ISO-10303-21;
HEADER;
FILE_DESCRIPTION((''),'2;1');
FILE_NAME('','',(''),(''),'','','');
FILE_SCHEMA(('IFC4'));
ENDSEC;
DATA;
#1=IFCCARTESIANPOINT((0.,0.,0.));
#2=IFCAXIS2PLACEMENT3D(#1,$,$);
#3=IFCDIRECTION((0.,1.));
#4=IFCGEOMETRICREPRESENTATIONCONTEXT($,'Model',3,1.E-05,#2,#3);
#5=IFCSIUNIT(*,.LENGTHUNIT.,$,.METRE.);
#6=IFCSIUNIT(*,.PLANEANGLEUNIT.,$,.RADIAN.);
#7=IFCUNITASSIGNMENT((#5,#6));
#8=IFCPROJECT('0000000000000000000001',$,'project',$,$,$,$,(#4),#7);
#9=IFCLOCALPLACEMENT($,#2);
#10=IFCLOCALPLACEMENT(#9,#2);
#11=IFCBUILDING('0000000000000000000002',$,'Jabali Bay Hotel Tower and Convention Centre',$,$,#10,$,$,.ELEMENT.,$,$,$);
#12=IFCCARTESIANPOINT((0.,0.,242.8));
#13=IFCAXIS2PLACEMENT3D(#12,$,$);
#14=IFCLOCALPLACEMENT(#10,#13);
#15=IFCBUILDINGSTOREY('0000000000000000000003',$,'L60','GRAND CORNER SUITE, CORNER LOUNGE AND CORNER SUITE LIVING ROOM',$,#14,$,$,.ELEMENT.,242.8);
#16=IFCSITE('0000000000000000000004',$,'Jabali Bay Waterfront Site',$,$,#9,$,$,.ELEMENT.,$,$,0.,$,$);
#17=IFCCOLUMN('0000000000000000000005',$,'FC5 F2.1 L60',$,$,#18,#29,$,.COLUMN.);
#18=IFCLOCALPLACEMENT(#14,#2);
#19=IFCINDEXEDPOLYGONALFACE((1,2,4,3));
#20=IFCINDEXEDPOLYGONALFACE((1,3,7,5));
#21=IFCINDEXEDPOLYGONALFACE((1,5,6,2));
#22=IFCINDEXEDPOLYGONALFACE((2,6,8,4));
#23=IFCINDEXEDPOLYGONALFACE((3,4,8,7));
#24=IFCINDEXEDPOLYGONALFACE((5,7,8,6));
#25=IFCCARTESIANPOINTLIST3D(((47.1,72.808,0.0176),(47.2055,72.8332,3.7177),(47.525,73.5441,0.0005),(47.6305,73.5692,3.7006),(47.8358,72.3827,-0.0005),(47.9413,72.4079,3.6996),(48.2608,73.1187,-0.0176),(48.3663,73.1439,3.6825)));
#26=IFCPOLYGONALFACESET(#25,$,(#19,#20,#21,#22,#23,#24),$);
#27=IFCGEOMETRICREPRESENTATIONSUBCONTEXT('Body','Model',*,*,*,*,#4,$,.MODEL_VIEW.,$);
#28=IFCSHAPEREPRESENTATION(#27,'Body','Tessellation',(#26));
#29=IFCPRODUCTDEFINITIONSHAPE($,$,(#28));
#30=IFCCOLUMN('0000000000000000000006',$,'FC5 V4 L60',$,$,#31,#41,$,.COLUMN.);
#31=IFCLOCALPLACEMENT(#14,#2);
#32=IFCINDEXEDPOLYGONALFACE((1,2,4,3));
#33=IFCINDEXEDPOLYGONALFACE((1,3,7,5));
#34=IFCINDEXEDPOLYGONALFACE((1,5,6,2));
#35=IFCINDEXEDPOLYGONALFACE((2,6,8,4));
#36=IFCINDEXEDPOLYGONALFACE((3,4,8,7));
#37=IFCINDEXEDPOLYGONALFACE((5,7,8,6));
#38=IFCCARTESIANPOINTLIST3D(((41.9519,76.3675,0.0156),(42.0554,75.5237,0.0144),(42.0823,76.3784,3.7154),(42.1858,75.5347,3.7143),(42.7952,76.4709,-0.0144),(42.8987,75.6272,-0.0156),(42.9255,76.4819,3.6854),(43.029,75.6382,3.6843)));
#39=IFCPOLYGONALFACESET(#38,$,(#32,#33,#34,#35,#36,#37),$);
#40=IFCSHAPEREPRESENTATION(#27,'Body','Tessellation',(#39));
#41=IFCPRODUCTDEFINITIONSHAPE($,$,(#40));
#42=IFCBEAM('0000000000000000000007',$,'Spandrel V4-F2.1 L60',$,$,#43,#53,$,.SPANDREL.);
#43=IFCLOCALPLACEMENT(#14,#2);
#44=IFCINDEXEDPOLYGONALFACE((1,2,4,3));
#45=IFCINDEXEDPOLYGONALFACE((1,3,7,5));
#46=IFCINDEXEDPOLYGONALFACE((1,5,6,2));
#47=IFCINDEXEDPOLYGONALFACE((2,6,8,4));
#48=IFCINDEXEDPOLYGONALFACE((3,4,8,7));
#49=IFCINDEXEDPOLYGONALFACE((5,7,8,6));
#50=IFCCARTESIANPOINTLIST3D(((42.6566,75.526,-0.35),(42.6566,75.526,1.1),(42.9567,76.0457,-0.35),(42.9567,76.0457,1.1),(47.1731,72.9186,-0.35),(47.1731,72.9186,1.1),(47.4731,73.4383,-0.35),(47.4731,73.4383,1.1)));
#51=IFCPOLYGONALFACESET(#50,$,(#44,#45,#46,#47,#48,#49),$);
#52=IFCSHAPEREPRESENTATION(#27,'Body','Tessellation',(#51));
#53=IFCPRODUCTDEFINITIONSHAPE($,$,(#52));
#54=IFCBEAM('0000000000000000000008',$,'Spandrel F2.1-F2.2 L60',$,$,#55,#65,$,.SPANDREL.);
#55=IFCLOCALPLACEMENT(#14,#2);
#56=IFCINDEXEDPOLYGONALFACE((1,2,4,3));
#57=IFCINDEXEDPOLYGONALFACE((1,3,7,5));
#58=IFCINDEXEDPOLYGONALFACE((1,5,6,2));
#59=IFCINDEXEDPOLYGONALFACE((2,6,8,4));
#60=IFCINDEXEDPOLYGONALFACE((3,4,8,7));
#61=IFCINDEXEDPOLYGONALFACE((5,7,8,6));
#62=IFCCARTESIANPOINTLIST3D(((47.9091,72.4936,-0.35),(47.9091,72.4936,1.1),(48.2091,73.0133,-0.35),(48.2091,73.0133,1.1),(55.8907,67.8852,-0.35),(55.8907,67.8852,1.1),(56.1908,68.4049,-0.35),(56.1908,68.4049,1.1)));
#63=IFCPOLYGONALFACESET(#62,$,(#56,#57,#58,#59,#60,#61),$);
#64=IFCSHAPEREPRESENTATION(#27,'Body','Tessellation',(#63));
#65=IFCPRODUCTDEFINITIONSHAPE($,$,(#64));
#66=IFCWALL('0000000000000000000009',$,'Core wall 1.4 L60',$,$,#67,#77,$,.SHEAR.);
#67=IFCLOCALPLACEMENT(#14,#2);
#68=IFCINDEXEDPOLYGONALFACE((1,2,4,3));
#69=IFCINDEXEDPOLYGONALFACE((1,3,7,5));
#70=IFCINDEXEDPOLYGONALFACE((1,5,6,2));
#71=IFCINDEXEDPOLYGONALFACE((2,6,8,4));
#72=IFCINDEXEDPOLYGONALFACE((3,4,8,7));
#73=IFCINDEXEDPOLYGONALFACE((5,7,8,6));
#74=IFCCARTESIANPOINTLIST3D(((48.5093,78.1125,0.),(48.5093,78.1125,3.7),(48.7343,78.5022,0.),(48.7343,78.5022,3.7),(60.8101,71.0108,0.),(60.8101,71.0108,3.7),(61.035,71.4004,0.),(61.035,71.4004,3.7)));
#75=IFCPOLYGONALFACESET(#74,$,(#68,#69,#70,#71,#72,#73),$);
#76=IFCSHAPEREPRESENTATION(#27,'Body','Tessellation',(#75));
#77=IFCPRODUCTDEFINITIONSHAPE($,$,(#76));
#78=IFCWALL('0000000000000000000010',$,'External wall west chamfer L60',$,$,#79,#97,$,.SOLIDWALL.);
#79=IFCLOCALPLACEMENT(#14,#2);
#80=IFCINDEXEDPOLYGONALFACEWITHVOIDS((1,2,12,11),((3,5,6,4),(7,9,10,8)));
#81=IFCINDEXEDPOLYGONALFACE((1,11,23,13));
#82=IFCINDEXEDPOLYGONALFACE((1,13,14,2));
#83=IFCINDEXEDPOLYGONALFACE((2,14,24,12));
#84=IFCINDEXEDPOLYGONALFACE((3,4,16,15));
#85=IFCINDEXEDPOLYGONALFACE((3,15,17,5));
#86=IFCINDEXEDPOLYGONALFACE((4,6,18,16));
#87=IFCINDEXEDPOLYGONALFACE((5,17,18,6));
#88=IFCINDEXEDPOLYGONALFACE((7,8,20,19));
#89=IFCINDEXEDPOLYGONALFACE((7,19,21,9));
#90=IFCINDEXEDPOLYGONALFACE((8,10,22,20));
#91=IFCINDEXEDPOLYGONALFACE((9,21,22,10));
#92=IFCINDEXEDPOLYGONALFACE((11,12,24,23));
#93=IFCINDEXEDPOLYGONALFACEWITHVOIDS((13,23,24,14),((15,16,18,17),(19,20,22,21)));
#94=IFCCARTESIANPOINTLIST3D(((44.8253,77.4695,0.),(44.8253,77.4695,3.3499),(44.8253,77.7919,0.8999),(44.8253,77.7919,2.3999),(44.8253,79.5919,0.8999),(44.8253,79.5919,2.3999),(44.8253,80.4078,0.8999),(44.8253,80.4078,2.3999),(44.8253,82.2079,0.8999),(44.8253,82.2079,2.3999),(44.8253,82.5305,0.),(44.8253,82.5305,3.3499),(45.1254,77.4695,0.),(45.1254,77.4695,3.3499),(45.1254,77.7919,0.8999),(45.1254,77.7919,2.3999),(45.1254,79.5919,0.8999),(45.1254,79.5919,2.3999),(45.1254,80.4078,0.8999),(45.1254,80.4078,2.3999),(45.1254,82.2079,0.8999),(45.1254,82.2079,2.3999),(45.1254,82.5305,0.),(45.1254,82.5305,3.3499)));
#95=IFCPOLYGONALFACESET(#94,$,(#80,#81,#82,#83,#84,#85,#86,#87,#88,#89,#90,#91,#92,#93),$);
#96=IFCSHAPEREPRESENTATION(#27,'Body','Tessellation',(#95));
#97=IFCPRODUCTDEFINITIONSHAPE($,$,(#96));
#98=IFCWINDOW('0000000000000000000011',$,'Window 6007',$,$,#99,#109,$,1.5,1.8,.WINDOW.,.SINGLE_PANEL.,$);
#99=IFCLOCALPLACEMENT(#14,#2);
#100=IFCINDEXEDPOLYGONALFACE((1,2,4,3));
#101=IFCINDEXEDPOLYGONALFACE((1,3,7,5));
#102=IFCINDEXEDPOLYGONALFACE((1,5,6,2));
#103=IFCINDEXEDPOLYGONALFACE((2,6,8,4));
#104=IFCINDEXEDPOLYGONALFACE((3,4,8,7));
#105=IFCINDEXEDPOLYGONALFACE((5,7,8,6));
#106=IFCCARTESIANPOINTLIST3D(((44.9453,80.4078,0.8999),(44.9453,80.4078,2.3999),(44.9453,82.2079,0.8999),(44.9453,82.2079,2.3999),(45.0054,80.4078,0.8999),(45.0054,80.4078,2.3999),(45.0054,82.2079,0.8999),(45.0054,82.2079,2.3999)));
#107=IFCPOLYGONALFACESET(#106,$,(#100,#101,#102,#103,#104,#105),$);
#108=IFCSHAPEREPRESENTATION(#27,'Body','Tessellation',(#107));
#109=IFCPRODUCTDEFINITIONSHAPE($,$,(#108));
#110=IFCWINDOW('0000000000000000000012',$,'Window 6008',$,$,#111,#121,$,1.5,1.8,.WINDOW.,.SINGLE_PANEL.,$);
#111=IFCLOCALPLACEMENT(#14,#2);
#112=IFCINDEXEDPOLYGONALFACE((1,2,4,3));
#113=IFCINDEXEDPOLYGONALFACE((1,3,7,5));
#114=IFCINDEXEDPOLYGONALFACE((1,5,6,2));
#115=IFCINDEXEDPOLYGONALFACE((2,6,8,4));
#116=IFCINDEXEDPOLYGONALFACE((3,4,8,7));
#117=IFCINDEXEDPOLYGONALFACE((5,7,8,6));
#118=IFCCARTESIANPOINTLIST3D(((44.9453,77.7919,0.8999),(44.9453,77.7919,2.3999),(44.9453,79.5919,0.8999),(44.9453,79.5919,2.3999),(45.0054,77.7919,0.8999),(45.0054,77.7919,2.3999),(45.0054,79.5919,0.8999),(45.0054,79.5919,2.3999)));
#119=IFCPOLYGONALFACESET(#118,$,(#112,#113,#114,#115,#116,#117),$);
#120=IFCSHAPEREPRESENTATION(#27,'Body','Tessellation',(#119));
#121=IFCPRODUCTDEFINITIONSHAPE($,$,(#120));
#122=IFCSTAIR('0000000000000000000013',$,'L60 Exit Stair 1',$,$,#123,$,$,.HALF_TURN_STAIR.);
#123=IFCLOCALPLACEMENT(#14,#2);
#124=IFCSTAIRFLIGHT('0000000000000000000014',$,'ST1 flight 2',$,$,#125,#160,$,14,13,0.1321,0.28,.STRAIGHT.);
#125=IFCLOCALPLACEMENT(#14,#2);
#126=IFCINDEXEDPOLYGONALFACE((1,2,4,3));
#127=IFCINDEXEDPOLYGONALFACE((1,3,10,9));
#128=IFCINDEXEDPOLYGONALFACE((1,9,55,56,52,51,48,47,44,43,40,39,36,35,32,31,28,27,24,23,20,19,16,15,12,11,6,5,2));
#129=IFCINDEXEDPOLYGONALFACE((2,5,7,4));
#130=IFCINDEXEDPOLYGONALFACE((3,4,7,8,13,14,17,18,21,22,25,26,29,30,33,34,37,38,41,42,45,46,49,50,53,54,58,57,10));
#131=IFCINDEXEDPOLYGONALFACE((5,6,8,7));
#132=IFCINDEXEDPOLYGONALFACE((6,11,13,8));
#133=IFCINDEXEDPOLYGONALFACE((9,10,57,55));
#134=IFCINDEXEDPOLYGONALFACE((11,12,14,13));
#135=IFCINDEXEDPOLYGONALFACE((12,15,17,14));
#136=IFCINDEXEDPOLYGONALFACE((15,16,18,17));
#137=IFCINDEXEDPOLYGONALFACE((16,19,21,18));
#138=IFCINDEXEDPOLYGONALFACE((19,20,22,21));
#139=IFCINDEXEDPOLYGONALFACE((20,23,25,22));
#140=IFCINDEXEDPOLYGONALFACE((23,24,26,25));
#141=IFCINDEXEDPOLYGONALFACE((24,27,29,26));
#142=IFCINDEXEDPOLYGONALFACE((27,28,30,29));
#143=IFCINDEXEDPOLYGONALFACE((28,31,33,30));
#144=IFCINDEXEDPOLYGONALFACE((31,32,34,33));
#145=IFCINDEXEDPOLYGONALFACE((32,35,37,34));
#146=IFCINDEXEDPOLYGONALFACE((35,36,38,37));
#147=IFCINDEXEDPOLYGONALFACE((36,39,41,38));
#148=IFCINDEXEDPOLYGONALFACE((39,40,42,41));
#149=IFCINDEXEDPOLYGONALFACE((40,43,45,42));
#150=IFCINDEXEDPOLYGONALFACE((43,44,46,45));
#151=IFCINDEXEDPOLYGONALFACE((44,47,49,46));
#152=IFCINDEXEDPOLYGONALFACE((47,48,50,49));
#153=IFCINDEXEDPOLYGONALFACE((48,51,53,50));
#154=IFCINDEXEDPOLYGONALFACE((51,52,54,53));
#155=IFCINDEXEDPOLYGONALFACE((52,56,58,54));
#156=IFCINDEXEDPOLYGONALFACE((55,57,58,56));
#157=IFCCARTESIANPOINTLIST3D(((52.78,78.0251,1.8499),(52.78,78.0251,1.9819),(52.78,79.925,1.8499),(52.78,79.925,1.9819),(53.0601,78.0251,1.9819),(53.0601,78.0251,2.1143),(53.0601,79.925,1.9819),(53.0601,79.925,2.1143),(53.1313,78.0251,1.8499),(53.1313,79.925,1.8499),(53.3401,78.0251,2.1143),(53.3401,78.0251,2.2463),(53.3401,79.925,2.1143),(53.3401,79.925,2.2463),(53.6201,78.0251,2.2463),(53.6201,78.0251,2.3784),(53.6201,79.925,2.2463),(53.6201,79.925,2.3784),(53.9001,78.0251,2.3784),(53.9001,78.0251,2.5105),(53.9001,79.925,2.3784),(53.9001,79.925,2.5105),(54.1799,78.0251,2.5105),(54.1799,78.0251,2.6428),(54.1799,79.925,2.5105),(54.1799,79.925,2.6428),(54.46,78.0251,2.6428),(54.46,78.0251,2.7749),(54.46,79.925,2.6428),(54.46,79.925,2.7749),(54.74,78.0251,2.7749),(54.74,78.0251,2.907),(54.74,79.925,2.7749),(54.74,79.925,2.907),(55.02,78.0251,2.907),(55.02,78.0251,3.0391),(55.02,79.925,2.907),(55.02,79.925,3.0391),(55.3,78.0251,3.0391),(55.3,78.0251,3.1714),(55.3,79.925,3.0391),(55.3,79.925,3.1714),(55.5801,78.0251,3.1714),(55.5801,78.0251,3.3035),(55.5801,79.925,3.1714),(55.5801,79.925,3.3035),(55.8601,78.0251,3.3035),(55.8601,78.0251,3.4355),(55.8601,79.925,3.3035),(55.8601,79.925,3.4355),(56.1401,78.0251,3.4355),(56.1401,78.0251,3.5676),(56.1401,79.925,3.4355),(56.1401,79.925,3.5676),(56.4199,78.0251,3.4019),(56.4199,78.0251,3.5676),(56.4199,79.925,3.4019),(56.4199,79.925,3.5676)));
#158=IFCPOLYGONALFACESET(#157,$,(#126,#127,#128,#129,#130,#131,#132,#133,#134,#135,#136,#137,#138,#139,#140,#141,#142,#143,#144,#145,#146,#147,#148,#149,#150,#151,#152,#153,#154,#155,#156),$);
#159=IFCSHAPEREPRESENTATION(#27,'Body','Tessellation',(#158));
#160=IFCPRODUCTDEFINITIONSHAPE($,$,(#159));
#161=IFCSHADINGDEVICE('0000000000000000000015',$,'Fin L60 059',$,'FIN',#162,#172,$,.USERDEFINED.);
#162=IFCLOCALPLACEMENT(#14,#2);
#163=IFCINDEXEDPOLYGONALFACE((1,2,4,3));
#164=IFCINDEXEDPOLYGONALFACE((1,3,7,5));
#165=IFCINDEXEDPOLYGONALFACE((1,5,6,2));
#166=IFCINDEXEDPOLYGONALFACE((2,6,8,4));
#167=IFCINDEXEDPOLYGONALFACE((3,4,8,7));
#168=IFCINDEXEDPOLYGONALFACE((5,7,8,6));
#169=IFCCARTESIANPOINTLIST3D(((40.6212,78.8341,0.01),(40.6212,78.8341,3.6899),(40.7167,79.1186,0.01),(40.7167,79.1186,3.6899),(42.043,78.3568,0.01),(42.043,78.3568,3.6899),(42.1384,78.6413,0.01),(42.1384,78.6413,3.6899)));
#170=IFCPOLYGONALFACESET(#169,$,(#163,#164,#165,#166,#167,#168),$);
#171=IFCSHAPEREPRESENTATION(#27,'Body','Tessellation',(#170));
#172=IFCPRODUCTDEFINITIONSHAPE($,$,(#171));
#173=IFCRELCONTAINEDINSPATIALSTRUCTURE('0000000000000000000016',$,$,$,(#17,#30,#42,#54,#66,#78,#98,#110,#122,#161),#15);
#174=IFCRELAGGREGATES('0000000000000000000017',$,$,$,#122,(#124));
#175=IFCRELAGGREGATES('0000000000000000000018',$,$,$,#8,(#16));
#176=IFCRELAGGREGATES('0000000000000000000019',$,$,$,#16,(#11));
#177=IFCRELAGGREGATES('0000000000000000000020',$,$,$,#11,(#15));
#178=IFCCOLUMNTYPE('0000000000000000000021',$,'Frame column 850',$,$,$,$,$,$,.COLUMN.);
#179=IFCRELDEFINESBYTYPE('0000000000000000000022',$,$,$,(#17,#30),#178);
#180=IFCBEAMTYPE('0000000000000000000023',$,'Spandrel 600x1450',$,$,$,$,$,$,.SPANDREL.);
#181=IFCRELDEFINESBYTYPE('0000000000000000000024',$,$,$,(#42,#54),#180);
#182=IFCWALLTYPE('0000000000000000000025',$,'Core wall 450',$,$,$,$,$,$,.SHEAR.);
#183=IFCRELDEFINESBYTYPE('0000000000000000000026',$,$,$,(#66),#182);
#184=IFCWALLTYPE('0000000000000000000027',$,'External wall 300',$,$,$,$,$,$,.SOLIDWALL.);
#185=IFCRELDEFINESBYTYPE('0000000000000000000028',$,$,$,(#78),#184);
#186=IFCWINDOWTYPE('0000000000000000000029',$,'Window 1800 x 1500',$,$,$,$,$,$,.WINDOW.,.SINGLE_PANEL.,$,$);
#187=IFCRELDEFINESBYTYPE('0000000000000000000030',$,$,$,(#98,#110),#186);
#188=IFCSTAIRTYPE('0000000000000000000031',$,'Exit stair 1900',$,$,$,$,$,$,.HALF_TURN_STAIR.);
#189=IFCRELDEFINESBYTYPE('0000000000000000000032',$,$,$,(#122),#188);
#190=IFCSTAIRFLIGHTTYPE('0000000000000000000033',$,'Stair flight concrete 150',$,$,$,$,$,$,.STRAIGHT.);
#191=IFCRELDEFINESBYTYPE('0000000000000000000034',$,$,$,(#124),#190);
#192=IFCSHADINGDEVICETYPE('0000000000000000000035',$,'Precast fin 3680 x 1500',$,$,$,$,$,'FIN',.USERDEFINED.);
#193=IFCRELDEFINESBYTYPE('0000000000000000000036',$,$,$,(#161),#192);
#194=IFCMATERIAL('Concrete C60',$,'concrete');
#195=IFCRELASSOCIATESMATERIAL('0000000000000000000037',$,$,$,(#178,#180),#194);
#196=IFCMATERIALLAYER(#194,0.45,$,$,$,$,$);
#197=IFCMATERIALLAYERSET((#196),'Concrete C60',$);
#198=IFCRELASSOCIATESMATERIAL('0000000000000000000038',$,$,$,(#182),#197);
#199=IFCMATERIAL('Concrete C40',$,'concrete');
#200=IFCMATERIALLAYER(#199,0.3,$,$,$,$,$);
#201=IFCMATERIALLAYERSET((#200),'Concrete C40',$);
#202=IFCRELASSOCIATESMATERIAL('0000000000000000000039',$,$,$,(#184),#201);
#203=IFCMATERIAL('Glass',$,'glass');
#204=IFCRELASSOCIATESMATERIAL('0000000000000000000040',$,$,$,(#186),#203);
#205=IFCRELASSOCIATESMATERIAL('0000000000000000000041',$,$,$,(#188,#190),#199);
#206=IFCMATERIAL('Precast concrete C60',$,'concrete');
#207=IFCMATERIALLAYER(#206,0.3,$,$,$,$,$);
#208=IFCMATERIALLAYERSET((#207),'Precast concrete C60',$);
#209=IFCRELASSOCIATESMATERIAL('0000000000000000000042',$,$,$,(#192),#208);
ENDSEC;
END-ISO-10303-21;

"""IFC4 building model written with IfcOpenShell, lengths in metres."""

from ifc_helpers import new_model, si_unit, direction, frame, frame_2d, origin, origin_2d, place, context, subcontext, project, spatial, polyline, rectangle, outline, extrude, material, layer, layer_set, material_profile, profile_set, type_object, element, fill, aggregate, save


model = new_model("IFC4")

# Units and contexts
model_context = context("Model", 3, precision=1e-05, world=origin(), true_north=direction((0.0, 1.0)))
body_context = subcontext(model_context, "Body", "Model", "MODEL_VIEW")
ifc_project = project(units=[si_unit("LENGTHUNIT", "METRE"), si_unit("PLANEANGLEUNIT", "RADIAN")], contexts=[model_context])

# Site, building, storey
site_placement = place(None, origin())
site = spatial("IfcSite", under=ifc_project, at=site_placement, Name="Jabali Bay Waterfront Site", CompositionType="ELEMENT", RefElevation=0.0)
building_placement = place(site_placement, origin())
building = spatial("IfcBuilding", under=site, at=building_placement, Name="Jabali Bay Hotel Tower and Convention Centre", CompositionType="ELEMENT")
storey_placement = place(building_placement, frame((0.0, 0.0, 242.8)))
storey = spatial("IfcBuildingStorey", under=building, at=storey_placement, Name="L60", Description="GRAND CORNER SUITE, CORNER LOUNGE AND CORNER SUITE LIVING ROOM", CompositionType="ELEMENT", Elevation=242.8)

# Columns
ifc_material_1 = material(Name="Concrete C60", Category="concrete")
ifc_material_profile_1 = material_profile(ifc_material_1, rectangle(XDim=0.8501, YDim=0.8501, at=origin_2d()), Name="Frame column 850")
ifc_profile_set_1 = profile_set([ifc_material_profile_1], Name="Concrete C60")
column_type = type_object("IfcColumnType", Name="Frame column 850", PredefinedType="COLUMN", material=ifc_profile_set_1)
column_1_placement = place(storey_placement, frame((47.6804, 72.9634, 0.0), z_axis=(0.028493, 0.006794, 0.999571), x_axis=(-0.865581, 0.500317, 0.021273)))
element("IfcColumn", 1, at=column_1_placement, inside=storey, type_object=column_type, Name="FC5 F2.1 L60", PredefinedType="COLUMN", context=body_context, shape_type="SweptSolid", body=[
    extrude(rectangle(XDim=0.8501, YDim=0.8501, at=origin_2d()), origin(), (0.0, 0.0, 1.0), 3.7017),
])
column_2_placement = place(storey_placement, frame((42.4253, 75.9973, 0.0), z_axis=(0.035214, 0.002967, 0.999375), x_axis=(-0.121776, 0.992557, 0.001344)))
element("IfcColumn", 2, at=column_2_placement, inside=storey, type_object=column_type, Name="FC5 V4 L60", PredefinedType="COLUMN", context=body_context, shape_type="SweptSolid", body=[
    extrude(rectangle(XDim=0.8501, YDim=0.8501, at=origin_2d()), origin(), (0.0, 0.0, 1.0), 3.7021),
])

# Beams
ifc_material_profile_2 = material_profile(ifc_material_1, rectangle(XDim=0.6001, YDim=1.45, at=origin_2d()), Name="Spandrel 600x1450")
ifc_profile_set_2 = profile_set([ifc_material_profile_2], Name="Concrete C60")
beam_type = type_object("IfcBeamType", Name="Spandrel 600x1450", PredefinedType="SPANDREL", material=ifc_profile_set_2)
beam_1_placement = place(storey_placement, frame((42.8066, 75.7859, 0.375), z_axis=(0.866034, -0.499986, 0.0), x_axis=(0.499986, 0.866034, 0.0)))
element("IfcBeam", 3, at=beam_1_placement, inside=storey, type_object=beam_type, Name="Spandrel V4-F2.1 L60", PredefinedType="SPANDREL", context=body_context, shape_type="SweptSolid", body=[
    extrude(rectangle(XDim=0.6001, YDim=1.45, at=origin_2d()), origin(), (0.0, 0.0, 1.0), 5.2151),
])
beam_2_placement = place(storey_placement, frame((48.0591, 72.7534, 0.375), z_axis=(0.866018, -0.500014, 0.0), x_axis=(0.500014, 0.866018, 0.0)))
element("IfcBeam", 4, at=beam_2_placement, inside=storey, type_object=beam_type, Name="Spandrel F2.1-F2.2 L60", PredefinedType="SPANDREL", context=body_context, shape_type="SweptSolid", body=[
    extrude(rectangle(XDim=0.6001, YDim=1.45, at=origin_2d()), origin(), (0.0, 0.0, 1.0), 9.2166),
])

# Wall
ifc_layer_1 = layer(ifc_material_1, 0.45)
ifc_layer_set_1 = layer_set([ifc_layer_1], Name="Concrete C60")
wall_type_1 = type_object("IfcWallType", Name="Core wall 450", PredefinedType="SHEAR", material=ifc_layer_set_1)
wall_1_placement = place(storey_placement, frame((48.6218, 78.3074, 0.0), z_axis=(0.0, 0.0, 1.0), x_axis=(0.866027, -0.499997, 0.0)))
element("IfcWall", 5, at=wall_1_placement, inside=storey, type_object=wall_type_1, Name="Core wall 1.4 L60", PredefinedType="SHEAR", context=body_context, shape_type="SweptSolid", body=[
    extrude(rectangle(XDim=14.2036, YDim=0.45, at=frame_2d((7.1018, 0.0))), origin(), (0.0, 0.0, 1.0), 3.7),
])

# Wall, openings, windows
ifc_material_2 = material(Name="Concrete C40", Category="concrete")
ifc_layer_2 = layer(ifc_material_2, 0.3)
ifc_layer_set_2 = layer_set([ifc_layer_2], Name="Concrete C40")
wall_type_2 = type_object("IfcWallType", Name="External wall 300", PredefinedType="SOLIDWALL", material=ifc_layer_set_2)
wall_2_placement = place(storey_placement, frame((44.9753, 77.4695, 0.0), z_axis=(0.0, 0.0, 1.0), x_axis=(0.0, 1.0, 0.0)))
wall_2 = element("IfcWall", 6, at=wall_2_placement, inside=storey, type_object=wall_type_2, Name="External wall west chamfer L60", PredefinedType="SOLIDWALL", context=body_context, shape_type="SweptSolid", body=[
    extrude(rectangle(XDim=5.061, YDim=0.3, at=frame_2d((2.5305, 0.0))), origin(), (0.0, 0.0, 1.0), 3.3499),
])
opening_1_placement = place(wall_2_placement, frame((2.9385, 0.0, 0.8999)))
opening_1 = element("IfcOpeningElement", 7, at=opening_1_placement, cuts=wall_2, PredefinedType="OPENING", context=body_context, shape_type="SweptSolid", body=[
    extrude(rectangle(XDim=1.8, YDim=1.5, at=frame_2d((0.8999, 0.75))), frame((0.0, 0.1606, 0.0), z_axis=(0.0, -1.0, 0.0), x_axis=(1.0, 0.0, 0.0)), (0.0, 0.0, 1.0), 0.321),
])
opening_2_placement = place(wall_2_placement, frame((0.3225, 0.0, 0.8999)))
opening_2 = element("IfcOpeningElement", 8, at=opening_2_placement, cuts=wall_2, PredefinedType="OPENING", context=body_context, shape_type="SweptSolid", body=[
    extrude(rectangle(XDim=1.8, YDim=1.5, at=frame_2d((0.8999, 0.75))), frame((0.0, 0.1606, 0.0), z_axis=(0.0, -1.0, 0.0), x_axis=(1.0, 0.0, 0.0)), (0.0, 0.0, 1.0), 0.321),
])
ifc_material_3 = material(Name="Glass", Category="glass")
window_type = type_object("IfcWindowType", Name="Window 1800 x 1500", PartitioningType="SINGLE_PANEL", PredefinedType="WINDOW", material=ifc_material_3)
window_1_placement = place(opening_1_placement, origin())
window_1 = element("IfcWindow", 9, at=window_1_placement, inside=storey, type_object=window_type, Name="Window 6007", OverallHeight=1.5, OverallWidth=1.8, PartitioningType="SINGLE_PANEL", PredefinedType="WINDOW", context=body_context, shape_type="SweptSolid", body=[
    extrude(rectangle(XDim=1.8, YDim=1.5, at=frame_2d((0.8999, 0.75))), frame((0.0, 0.03, 0.0), z_axis=(0.0, -1.0, 0.0), x_axis=(1.0, 0.0, 0.0)), (0.0, 0.0, 1.0), 0.0601),
])
fill(opening_1, window_1)
window_2_placement = place(opening_2_placement, origin())
window_2 = element("IfcWindow", 10, at=window_2_placement, inside=storey, type_object=window_type, Name="Window 6008", OverallHeight=1.5, OverallWidth=1.8, PartitioningType="SINGLE_PANEL", PredefinedType="WINDOW", context=body_context, shape_type="SweptSolid", body=[
    extrude(rectangle(XDim=1.8, YDim=1.5, at=frame_2d((0.8999, 0.75))), frame((0.0, 0.03, 0.0), z_axis=(0.0, -1.0, 0.0), x_axis=(1.0, 0.0, 0.0)), (0.0, 0.0, 1.0), 0.0601),
])
fill(opening_2, window_2)

# Stair, stair flight
stair_type = type_object("IfcStairType", Name="Exit stair 1900", PredefinedType="HALF_TURN_STAIR", material=ifc_material_2)
stair_placement = place(storey_placement, origin())
stair = element("IfcStair", 11, at=stair_placement, inside=storey, type_object=stair_type, Name="L60 Exit Stair 1", PredefinedType="HALF_TURN_STAIR")
stair_flight_type = type_object("IfcStairFlightType", Name="Stair flight concrete 150", PredefinedType="STRAIGHT", material=ifc_material_2)
stair_flight_placement = place(storey_placement, frame((52.78, 78.9751, 1.8499), z_axis=(0.0, 0.0, 1.0), x_axis=(1.0, 0.0, 0.0)))
stair_flight = element("IfcStairFlight", 12, at=stair_flight_placement, type_object=stair_flight_type, Name="ST1 flight 2", NumberOfRisers=14, NumberOfTreads=13, PredefinedType="STRAIGHT", RiserHeight=0.1321, TreadLength=0.28, context=body_context, shape_type="SweptSolid", body=[
    extrude(outline(polyline([(0.0, 0.0), (0.0, 0.1321), (0.28, 0.1321), (0.28, 0.2644), (0.5601, 0.2644), (0.5601, 0.3965), (0.8401, 0.3965), (0.8401, 0.5286), (1.1201, 0.5286), (1.1201, 0.6606), (1.3999, 0.6606), (1.3999, 0.793), (1.6799, 0.793), (1.6799, 0.925), (1.96, 0.925), (1.96, 1.0571), (2.24, 1.0571), (2.24, 1.1892), (2.52, 1.1892), (2.52, 1.3215), (2.8, 1.3215), (2.8, 1.4536), (3.0801, 1.4536), (3.0801, 1.5857), (3.3601, 1.5857), (3.3601, 1.7178), (3.6399, 1.7178), (3.6399, 1.8501), (3.6399, 1.552), (0.3513, 0.0), (0.0, 0.0)])), frame((0.0, 0.95, 0.0), z_axis=(0.0, -1.0, 0.0), x_axis=(1.0, 0.0, 0.0)), (0.0, 0.0, 1.0), 1.8999),
])
aggregate(stair, [stair_flight])

# Shading device
ifc_material_4 = material(Name="Precast concrete C60", Category="concrete")
ifc_layer_3 = layer(ifc_material_4, 0.3)
ifc_layer_set_3 = layer_set([ifc_layer_3], Name="Precast concrete C60")
shading_device_type = type_object("IfcShadingDeviceType", Name="Precast fin 3680 x 1500", ElementType="FIN", PredefinedType="USERDEFINED", material=ifc_layer_set_3)
for number, where, z_axis, x_axis, name in (
    (13, (42.0908, 78.499, 0.01), (0.0, 0.0, 1.0), (-0.948014, 0.318229, 0.0), "Fin L60 059"),
):
    element("IfcShadingDevice", number, at=place(storey_placement, frame(where, z_axis=z_axis, x_axis=x_axis)), inside=storey, type_object=shading_device_type, Name=name, ObjectType="FIN", PredefinedType="USERDEFINED", context=body_context, shape_type="SweptSolid", body=[
        extrude(rectangle(XDim=1.4998, YDim=0.3, at=frame_2d((0.75, 0.0))), origin(), (0.0, 0.0, 1.0), 3.6799),
    ])

save(model, "model.ifc")
